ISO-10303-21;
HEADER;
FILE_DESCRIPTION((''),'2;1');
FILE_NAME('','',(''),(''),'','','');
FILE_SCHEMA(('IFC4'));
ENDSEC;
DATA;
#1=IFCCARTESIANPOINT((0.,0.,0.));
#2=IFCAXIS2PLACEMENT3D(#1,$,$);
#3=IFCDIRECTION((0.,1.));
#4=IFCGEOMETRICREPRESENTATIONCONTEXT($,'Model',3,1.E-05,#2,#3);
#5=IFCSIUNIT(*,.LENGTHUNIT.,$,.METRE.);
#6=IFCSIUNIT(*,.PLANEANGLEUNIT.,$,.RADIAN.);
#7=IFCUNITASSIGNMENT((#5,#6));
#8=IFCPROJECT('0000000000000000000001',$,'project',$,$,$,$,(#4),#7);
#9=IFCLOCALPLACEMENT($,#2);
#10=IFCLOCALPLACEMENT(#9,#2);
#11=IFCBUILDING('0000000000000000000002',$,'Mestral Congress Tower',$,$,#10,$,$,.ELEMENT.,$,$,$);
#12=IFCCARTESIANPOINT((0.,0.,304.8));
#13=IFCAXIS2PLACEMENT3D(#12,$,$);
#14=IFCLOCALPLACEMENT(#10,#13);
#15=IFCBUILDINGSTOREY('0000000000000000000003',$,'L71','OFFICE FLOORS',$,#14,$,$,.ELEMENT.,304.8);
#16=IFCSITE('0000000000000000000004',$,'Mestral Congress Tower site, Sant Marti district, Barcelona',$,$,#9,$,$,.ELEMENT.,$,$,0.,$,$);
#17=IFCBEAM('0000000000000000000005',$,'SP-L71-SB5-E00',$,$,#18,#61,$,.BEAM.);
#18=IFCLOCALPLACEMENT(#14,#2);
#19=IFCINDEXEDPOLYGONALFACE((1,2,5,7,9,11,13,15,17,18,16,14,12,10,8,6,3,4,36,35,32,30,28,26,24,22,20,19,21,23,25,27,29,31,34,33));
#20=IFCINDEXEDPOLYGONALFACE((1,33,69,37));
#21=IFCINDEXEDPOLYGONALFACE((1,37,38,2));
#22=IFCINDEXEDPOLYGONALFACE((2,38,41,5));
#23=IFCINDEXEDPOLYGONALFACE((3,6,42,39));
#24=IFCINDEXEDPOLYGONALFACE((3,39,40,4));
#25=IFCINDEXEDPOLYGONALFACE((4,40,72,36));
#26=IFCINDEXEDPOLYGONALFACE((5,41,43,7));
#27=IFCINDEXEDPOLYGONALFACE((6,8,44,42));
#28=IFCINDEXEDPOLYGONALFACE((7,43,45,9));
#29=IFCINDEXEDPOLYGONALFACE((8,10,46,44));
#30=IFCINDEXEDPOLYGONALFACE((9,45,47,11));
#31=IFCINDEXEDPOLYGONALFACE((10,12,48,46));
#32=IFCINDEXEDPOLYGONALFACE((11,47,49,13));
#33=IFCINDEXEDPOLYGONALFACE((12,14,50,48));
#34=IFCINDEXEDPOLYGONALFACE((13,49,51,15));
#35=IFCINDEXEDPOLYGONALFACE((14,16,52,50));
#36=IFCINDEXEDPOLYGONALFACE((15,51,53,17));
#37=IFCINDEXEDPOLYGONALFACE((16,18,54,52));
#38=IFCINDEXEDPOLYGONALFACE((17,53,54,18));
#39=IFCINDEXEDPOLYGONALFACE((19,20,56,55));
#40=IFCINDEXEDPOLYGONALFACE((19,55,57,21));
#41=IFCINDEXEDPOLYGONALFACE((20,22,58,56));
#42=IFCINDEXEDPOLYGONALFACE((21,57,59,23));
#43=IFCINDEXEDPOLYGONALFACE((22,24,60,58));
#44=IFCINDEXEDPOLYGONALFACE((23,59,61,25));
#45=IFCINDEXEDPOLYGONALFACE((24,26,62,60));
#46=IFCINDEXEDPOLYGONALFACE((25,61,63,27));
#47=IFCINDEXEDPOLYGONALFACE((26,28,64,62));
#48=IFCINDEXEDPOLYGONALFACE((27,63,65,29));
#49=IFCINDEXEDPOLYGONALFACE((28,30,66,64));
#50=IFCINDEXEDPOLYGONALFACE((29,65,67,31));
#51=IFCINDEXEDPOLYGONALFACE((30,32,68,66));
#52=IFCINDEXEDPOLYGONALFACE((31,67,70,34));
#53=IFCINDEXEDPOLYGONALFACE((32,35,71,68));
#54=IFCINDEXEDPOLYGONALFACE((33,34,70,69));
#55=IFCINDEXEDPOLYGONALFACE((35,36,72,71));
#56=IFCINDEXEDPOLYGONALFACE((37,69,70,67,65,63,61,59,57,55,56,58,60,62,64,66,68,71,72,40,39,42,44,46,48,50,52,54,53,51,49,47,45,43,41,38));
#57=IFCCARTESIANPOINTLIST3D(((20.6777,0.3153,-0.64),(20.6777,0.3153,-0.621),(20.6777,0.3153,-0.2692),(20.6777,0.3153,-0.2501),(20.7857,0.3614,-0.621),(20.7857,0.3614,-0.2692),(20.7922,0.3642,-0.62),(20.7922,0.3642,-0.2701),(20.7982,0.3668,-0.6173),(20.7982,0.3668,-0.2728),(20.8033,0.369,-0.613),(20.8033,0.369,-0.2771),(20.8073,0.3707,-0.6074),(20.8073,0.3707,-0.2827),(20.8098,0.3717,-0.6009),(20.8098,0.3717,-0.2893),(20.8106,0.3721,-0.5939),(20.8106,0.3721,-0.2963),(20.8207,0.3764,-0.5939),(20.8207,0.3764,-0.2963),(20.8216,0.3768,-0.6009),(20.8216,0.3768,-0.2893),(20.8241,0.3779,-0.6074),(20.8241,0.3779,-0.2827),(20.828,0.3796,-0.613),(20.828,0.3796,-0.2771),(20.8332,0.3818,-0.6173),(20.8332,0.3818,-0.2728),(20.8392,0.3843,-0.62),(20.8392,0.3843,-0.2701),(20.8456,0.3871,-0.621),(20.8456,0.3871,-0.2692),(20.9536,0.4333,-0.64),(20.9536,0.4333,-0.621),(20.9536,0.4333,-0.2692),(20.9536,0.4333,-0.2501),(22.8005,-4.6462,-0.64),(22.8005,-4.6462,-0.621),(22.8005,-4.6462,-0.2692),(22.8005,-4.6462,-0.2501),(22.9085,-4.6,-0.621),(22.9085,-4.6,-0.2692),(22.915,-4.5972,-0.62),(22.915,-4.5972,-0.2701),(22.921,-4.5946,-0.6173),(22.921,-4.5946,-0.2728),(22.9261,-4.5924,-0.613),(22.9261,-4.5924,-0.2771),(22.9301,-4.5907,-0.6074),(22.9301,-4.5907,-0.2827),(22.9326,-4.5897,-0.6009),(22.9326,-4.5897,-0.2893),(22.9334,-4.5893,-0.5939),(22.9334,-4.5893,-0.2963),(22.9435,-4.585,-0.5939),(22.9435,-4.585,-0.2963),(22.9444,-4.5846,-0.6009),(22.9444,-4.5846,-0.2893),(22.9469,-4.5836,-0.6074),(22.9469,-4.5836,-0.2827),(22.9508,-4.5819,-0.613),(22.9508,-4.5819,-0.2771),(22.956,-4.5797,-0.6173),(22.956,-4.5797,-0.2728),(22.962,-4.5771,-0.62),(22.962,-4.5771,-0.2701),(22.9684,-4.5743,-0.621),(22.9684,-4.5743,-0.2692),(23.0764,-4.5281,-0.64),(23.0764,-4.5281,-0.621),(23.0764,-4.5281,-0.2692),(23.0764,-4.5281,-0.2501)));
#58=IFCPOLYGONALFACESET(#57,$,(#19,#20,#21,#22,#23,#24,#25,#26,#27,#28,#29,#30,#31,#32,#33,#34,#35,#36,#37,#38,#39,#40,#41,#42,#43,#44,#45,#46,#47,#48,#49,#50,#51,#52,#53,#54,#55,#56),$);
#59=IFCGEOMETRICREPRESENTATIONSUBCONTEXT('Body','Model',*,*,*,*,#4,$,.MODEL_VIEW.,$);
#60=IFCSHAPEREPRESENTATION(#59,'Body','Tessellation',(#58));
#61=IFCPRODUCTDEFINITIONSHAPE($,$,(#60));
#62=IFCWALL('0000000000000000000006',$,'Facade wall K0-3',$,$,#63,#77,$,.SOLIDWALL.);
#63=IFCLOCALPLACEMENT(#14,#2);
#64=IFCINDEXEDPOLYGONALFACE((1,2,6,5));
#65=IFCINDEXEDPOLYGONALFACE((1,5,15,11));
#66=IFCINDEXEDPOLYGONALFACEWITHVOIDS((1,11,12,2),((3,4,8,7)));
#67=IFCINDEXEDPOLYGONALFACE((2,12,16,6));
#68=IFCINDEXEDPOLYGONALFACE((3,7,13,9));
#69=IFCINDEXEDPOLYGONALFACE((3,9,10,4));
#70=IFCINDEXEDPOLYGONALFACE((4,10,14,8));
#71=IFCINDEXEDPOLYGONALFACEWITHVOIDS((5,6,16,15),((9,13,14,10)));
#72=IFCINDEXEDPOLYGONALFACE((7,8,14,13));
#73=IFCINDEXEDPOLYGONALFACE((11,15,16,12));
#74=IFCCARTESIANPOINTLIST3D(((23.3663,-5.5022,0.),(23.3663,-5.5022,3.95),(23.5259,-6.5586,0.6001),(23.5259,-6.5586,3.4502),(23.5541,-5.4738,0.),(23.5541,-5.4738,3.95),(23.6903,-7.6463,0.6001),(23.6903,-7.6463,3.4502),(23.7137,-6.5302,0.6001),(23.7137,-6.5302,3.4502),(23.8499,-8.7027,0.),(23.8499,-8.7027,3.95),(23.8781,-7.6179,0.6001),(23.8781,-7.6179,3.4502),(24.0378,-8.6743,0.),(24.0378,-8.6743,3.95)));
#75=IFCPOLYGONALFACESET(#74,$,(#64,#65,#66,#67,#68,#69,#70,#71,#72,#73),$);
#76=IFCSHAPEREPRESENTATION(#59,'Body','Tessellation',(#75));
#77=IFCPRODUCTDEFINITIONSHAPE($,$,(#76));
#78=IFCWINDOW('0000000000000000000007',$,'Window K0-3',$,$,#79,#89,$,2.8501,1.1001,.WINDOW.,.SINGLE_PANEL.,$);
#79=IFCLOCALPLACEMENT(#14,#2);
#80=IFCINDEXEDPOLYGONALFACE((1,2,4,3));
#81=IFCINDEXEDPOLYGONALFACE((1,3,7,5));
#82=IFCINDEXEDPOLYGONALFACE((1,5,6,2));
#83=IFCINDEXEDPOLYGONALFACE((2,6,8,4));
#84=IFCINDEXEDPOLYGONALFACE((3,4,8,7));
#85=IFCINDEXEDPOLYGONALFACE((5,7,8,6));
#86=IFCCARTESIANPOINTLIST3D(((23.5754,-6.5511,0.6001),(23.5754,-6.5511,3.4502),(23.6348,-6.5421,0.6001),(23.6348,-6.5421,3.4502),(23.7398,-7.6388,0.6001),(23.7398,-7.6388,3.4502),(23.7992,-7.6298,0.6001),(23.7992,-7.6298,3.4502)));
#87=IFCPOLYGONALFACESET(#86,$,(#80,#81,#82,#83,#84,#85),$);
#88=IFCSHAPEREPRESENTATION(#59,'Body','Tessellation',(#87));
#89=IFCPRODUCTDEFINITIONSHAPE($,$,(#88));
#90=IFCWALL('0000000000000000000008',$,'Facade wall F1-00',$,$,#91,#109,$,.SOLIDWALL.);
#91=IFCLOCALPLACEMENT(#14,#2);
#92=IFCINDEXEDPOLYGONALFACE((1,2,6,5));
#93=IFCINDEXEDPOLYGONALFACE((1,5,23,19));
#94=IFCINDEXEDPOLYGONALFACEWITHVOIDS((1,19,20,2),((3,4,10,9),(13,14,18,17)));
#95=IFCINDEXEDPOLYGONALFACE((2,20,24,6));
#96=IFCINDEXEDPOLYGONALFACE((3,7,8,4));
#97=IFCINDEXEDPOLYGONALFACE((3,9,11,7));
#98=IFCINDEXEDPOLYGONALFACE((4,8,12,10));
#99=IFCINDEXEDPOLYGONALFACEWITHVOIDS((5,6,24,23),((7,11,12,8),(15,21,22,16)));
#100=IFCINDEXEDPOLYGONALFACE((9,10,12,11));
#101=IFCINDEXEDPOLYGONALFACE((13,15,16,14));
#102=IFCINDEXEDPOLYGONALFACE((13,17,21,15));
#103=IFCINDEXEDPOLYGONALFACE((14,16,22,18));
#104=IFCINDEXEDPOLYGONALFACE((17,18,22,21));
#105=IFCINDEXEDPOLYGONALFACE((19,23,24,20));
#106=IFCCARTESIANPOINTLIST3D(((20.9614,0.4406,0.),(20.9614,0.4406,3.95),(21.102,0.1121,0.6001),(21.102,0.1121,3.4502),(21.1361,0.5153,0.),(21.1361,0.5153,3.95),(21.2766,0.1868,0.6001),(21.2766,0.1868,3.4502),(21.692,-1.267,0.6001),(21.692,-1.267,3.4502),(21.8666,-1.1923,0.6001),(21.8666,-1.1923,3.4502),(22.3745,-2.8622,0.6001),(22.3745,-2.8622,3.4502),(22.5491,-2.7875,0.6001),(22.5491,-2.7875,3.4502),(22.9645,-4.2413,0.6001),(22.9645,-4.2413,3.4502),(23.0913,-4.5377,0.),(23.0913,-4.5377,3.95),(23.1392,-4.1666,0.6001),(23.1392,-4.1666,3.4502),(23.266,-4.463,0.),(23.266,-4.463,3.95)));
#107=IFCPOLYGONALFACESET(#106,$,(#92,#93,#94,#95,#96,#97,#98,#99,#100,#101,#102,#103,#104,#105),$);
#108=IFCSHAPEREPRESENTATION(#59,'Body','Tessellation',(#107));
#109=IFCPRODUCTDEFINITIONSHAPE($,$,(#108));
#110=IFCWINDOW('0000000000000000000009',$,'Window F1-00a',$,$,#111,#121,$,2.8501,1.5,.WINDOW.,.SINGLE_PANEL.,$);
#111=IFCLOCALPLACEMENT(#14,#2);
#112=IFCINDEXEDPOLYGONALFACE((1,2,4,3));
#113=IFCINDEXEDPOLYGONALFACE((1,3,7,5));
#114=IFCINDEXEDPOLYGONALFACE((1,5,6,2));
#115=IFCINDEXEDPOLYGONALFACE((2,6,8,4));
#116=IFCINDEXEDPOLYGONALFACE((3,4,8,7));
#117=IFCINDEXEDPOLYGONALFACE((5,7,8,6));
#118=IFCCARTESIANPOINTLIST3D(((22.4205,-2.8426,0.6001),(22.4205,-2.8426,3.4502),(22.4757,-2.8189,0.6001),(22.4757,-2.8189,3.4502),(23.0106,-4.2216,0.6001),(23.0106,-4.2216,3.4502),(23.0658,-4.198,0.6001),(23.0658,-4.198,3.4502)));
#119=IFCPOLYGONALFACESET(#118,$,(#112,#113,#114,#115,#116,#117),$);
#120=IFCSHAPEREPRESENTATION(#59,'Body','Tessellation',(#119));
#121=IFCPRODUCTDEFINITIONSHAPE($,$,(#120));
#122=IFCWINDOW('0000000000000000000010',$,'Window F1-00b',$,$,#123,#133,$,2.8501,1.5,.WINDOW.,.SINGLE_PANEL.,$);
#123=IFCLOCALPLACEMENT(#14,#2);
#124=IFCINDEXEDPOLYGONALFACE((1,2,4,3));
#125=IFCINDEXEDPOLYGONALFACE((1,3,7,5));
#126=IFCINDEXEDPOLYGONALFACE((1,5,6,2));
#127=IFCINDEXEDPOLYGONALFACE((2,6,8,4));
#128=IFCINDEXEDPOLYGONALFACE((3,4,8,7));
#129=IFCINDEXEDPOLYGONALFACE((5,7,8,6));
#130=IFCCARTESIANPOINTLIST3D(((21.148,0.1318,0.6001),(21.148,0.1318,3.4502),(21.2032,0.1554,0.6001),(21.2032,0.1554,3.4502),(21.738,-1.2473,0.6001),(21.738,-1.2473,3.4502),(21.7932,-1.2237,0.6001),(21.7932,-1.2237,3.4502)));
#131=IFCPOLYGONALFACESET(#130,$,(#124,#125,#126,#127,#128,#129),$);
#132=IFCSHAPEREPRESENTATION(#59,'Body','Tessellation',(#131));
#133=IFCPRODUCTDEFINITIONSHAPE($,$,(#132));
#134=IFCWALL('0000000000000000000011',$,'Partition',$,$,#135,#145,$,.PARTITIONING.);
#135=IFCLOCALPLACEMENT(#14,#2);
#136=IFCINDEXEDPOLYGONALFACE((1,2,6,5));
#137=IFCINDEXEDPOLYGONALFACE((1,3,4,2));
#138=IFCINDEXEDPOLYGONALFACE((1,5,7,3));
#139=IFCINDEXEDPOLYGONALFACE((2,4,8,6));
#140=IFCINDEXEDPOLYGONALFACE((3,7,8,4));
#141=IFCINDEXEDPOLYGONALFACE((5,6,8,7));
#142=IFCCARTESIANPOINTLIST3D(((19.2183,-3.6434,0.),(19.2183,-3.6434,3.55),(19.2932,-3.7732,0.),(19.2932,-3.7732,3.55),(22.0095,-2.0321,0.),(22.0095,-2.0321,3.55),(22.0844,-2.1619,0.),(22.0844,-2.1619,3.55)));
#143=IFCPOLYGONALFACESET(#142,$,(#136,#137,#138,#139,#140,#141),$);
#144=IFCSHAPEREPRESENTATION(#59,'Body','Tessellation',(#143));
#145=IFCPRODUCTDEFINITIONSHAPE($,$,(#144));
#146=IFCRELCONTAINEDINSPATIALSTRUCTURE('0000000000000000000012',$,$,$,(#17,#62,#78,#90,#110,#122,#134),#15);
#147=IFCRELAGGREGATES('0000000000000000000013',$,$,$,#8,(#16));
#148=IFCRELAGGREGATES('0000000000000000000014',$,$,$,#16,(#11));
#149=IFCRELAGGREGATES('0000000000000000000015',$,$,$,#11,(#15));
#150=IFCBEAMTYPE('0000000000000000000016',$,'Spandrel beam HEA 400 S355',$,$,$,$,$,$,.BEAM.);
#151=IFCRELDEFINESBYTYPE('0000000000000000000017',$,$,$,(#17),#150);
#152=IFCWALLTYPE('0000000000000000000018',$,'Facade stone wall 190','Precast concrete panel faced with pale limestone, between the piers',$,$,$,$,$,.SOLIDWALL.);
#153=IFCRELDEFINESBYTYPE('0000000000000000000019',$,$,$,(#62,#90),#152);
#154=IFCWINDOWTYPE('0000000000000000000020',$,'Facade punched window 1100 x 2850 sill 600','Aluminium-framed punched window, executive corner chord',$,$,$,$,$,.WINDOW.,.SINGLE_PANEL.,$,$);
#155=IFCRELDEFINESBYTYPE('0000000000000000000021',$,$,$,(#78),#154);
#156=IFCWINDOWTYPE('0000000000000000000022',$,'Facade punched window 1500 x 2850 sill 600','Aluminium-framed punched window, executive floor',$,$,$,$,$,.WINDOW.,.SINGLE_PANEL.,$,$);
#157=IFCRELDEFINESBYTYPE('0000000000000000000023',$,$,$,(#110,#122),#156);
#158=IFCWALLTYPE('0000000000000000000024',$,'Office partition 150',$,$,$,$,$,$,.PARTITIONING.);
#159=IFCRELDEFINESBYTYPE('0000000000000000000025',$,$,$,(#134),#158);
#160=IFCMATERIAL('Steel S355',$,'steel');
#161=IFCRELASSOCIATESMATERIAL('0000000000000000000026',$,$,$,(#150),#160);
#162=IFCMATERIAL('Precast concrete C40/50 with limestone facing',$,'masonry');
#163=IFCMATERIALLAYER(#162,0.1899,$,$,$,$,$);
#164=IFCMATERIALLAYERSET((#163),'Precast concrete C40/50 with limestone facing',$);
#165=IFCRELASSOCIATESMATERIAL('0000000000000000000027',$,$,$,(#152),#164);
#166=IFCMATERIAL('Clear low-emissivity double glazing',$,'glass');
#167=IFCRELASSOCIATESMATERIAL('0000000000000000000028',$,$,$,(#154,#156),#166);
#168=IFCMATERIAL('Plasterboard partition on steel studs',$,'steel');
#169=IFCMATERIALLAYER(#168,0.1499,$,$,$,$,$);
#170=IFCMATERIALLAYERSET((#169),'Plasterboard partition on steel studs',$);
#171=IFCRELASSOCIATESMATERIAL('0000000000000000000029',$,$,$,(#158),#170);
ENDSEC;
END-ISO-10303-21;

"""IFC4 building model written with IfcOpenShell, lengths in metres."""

from ifc_helpers import new_model, si_unit, direction, frame, frame_2d, origin, origin_2d, place, context, subcontext, project, spatial, rectangle, i_section, extrude, material, layer, layer_set, material_profile, profile_set, type_object, element, fill, save


model = new_model("IFC4")

# Units and contexts
model_context = context("Model", 3, precision=1e-05, world=origin(), true_north=direction((0.0, 1.0)))
body_context = subcontext(model_context, "Body", "Model", "MODEL_VIEW")
ifc_project = project(units=[si_unit("LENGTHUNIT", "METRE"), si_unit("PLANEANGLEUNIT", "RADIAN")], contexts=[model_context])

# Site, building, storey
site_placement = place(None, origin())
site = spatial("IfcSite", under=ifc_project, at=site_placement, Name="Mestral Congress Tower site, Sant Marti district, Barcelona", CompositionType="ELEMENT", RefElevation=0.0)
building_placement = place(site_placement, origin())
building = spatial("IfcBuilding", under=site, at=building_placement, Name="Mestral Congress Tower", CompositionType="ELEMENT")
storey_placement = place(building_placement, frame((0.0, 0.0, 304.8)))
storey = spatial("IfcBuildingStorey", under=building, at=storey_placement, Name="L71", Description="OFFICE FLOORS", CompositionType="ELEMENT", Elevation=304.8)

# Beam
ifc_material_1 = material(Name="Steel S355", Category="steel")
ifc_material_profile_1 = material_profile(ifc_material_1, i_section(OverallWidth=0.3, OverallDepth=0.3899, WebThickness=0.011, FlangeThickness=0.019, FilletRadius=0.0271, at=origin_2d()), Name="HEA 400")
ifc_profile_set_1 = profile_set([ifc_material_profile_1], Name="Steel S355")
beam_type_1 = type_object("IfcBeamType", Name="Spandrel beam HEA 400 S355", PredefinedType="BEAM", material=ifc_profile_set_1)
beam_1_placement = place(storey_placement, frame((22.9385, -4.5872, -0.4451), z_axis=(-0.393368, 0.919381, 0.0), x_axis=(-0.919381, -0.393368, 0.0)))
element("IfcBeam", 1, at=beam_1_placement, inside=storey, type_object=beam_type_1, Name="SP-L71-SB5-E00", PredefinedType="BEAM", context=body_context, shape_type="SweptSolid", body=[
    extrude(i_section(OverallWidth=0.3, OverallDepth=0.3899, WebThickness=0.011, FlangeThickness=0.019, FilletRadius=0.0271, at=origin_2d()), origin(), (0.0, 0.0, 1.0), 5.3965),
])

# Wall, opening, window
ifc_material_2 = material(Name="Precast concrete C40/50 with limestone facing", Category="masonry")
ifc_layer_1 = layer(ifc_material_2, 0.1899)
ifc_layer_set_1 = layer_set([ifc_layer_1], Name="Precast concrete C40/50 with limestone facing")
wall_type_1 = type_object("IfcWallType", Name="Facade stone wall 190", Description="Precast concrete panel faced with pale limestone, between the piers", PredefinedType="SOLIDWALL", material=ifc_layer_set_1)
wall_1_placement = place(storey_placement, frame((23.9438, -8.6885, 0.0), z_axis=(0.0, 0.0, 1.0), x_axis=(-0.149421, 0.988774, 0.0)))
wall_1 = element("IfcWall", 2, at=wall_1_placement, inside=storey, type_object=wall_type_1, Name="Facade wall K0-3", PredefinedType="SOLIDWALL", context=body_context, shape_type="SweptSolid", body=[
    extrude(rectangle(XDim=3.2368, YDim=0.1899, at=frame_2d((1.6184, 0.0))), origin(), (0.0, 0.0, 1.0), 3.95),
])
opening_1_placement = place(wall_1_placement, frame((1.0684, 0.0, 0.6001)))
opening_1 = element("IfcOpeningElement", 3, at=opening_1_placement, cuts=wall_1, PredefinedType="OPENING", context=body_context, shape_type="SweptSolid", body=[
    extrude(rectangle(XDim=1.1001, YDim=2.8501, at=frame_2d((0.55, 1.425))), frame((0.0, 0.105, 0.0), z_axis=(0.0, -1.0, 0.0), x_axis=(1.0, 0.0, 0.0)), (0.0, 0.0, 1.0), 0.21),
])
ifc_material_3 = material(Name="Clear low-emissivity double glazing", Category="glass")
window_type_1 = type_object("IfcWindowType", Name="Facade punched window 1100 x 2850 sill 600", Description="Aluminium-framed punched window, executive corner chord", PartitioningType="SINGLE_PANEL", PredefinedType="WINDOW", material=ifc_material_3)
window_1_placement = place(opening_1_placement, origin())
window_1 = element("IfcWindow", 4, at=window_1_placement, inside=storey, type_object=window_type_1, Name="Window K0-3", OverallHeight=2.8501, OverallWidth=1.1001, PartitioningType="SINGLE_PANEL", PredefinedType="WINDOW", context=body_context, shape_type="SweptSolid", body=[
    extrude(rectangle(XDim=1.1001, YDim=2.8501, at=frame_2d((0.55, 1.425))), frame((0.0, 0.0449, 0.0), z_axis=(0.0, -1.0, 0.0), x_axis=(1.0, 0.0, 0.0)), (0.0, 0.0, 1.0), 0.0601),
])
fill(opening_1, window_1)

# Wall, openings, windows
wall_2_placement = place(storey_placement, frame((23.1787, -4.5005, 0.0), z_axis=(0.0, 0.0, 1.0), x_axis=(-0.393348, 0.91939, 0.0)))
wall_2 = element("IfcWall", 5, at=wall_2_placement, inside=storey, type_object=wall_type_1, Name="Facade wall F1-00", PredefinedType="SOLIDWALL", context=body_context, shape_type="SweptSolid", body=[
    extrude(rectangle(XDim=5.4148, YDim=0.1899, at=frame_2d((2.7075, 0.0))), origin(), (0.0, 0.0, 1.0), 3.95),
])
opening_2_placement = place(wall_2_placement, frame((0.3225, 0.0, 0.6001)))
opening_2 = element("IfcOpeningElement", 6, at=opening_2_placement, cuts=wall_2, PredefinedType="OPENING", context=body_context, shape_type="SweptSolid", body=[
    extrude(rectangle(XDim=1.5, YDim=2.8501, at=frame_2d((0.75, 1.425))), frame((0.0, 0.105, 0.0), z_axis=(0.0, -1.0, 0.0), x_axis=(1.0, 0.0, 0.0)), (0.0, 0.0, 1.0), 0.21),
])
opening_3_placement = place(wall_2_placement, frame((3.5576, 0.0, 0.6001)))
opening_3 = element("IfcOpeningElement", 7, at=opening_3_placement, cuts=wall_2, PredefinedType="OPENING", context=body_context, shape_type="SweptSolid", body=[
    extrude(rectangle(XDim=1.5, YDim=2.8501, at=frame_2d((0.75, 1.425))), frame((0.0, 0.105, 0.0), z_axis=(0.0, -1.0, 0.0), x_axis=(1.0, 0.0, 0.0)), (0.0, 0.0, 1.0), 0.21),
])
window_type_2 = type_object("IfcWindowType", Name="Facade punched window 1500 x 2850 sill 600", Description="Aluminium-framed punched window, executive floor", PartitioningType="SINGLE_PANEL", PredefinedType="WINDOW", material=ifc_material_3)
window_2_placement = place(opening_2_placement, origin())
window_2 = element("IfcWindow", 8, at=window_2_placement, inside=storey, type_object=window_type_2, Name="Window F1-00a", OverallHeight=2.8501, OverallWidth=1.5, PartitioningType="SINGLE_PANEL", PredefinedType="WINDOW", context=body_context, shape_type="SweptSolid", body=[
    extrude(rectangle(XDim=1.5, YDim=2.8501, at=frame_2d((0.75, 1.425))), frame((0.0, 0.0449, 0.0), z_axis=(0.0, -1.0, 0.0), x_axis=(1.0, 0.0, 0.0)), (0.0, 0.0, 1.0), 0.0601),
])
fill(opening_2, window_2)
window_3_placement = place(opening_3_placement, origin())
window_3 = element("IfcWindow", 9, at=window_3_placement, inside=storey, type_object=window_type_2, Name="Window F1-00b", OverallHeight=2.8501, OverallWidth=1.5, PartitioningType="SINGLE_PANEL", PredefinedType="WINDOW", context=body_context, shape_type="SweptSolid", body=[
    extrude(rectangle(XDim=1.5, YDim=2.8501, at=frame_2d((0.75, 1.425))), frame((0.0, 0.0449, 0.0), z_axis=(0.0, -1.0, 0.0), x_axis=(1.0, 0.0, 0.0)), (0.0, 0.0, 1.0), 0.0601),
])
fill(opening_3, window_3)

# Wall
ifc_material_4 = material(Name="Plasterboard partition on steel studs", Category="steel")
ifc_layer_2 = layer(ifc_material_4, 0.1499)
ifc_layer_set_2 = layer_set([ifc_layer_2], Name="Plasterboard partition on steel studs")
wall_type_2 = type_object("IfcWallType", Name="Office partition 150", PredefinedType="PARTITIONING", material=ifc_layer_set_2)
wall_3_placement = place(storey_placement, frame((19.2559, -3.7083, 0.0), z_axis=(0.0, 0.0, 1.0), x_axis=(0.866053, 0.499952, 0.0)))
element("IfcWall", 10, at=wall_3_placement, inside=storey, type_object=wall_type_2, Name="Partition", PredefinedType="PARTITIONING", context=body_context, shape_type="SweptSolid", body=[
    extrude(rectangle(XDim=3.2229, YDim=0.1499, at=frame_2d((1.6113, 0.0))), origin(), (0.0, 0.0, 1.0), 3.55),
])

save(model, "model.ifc")
